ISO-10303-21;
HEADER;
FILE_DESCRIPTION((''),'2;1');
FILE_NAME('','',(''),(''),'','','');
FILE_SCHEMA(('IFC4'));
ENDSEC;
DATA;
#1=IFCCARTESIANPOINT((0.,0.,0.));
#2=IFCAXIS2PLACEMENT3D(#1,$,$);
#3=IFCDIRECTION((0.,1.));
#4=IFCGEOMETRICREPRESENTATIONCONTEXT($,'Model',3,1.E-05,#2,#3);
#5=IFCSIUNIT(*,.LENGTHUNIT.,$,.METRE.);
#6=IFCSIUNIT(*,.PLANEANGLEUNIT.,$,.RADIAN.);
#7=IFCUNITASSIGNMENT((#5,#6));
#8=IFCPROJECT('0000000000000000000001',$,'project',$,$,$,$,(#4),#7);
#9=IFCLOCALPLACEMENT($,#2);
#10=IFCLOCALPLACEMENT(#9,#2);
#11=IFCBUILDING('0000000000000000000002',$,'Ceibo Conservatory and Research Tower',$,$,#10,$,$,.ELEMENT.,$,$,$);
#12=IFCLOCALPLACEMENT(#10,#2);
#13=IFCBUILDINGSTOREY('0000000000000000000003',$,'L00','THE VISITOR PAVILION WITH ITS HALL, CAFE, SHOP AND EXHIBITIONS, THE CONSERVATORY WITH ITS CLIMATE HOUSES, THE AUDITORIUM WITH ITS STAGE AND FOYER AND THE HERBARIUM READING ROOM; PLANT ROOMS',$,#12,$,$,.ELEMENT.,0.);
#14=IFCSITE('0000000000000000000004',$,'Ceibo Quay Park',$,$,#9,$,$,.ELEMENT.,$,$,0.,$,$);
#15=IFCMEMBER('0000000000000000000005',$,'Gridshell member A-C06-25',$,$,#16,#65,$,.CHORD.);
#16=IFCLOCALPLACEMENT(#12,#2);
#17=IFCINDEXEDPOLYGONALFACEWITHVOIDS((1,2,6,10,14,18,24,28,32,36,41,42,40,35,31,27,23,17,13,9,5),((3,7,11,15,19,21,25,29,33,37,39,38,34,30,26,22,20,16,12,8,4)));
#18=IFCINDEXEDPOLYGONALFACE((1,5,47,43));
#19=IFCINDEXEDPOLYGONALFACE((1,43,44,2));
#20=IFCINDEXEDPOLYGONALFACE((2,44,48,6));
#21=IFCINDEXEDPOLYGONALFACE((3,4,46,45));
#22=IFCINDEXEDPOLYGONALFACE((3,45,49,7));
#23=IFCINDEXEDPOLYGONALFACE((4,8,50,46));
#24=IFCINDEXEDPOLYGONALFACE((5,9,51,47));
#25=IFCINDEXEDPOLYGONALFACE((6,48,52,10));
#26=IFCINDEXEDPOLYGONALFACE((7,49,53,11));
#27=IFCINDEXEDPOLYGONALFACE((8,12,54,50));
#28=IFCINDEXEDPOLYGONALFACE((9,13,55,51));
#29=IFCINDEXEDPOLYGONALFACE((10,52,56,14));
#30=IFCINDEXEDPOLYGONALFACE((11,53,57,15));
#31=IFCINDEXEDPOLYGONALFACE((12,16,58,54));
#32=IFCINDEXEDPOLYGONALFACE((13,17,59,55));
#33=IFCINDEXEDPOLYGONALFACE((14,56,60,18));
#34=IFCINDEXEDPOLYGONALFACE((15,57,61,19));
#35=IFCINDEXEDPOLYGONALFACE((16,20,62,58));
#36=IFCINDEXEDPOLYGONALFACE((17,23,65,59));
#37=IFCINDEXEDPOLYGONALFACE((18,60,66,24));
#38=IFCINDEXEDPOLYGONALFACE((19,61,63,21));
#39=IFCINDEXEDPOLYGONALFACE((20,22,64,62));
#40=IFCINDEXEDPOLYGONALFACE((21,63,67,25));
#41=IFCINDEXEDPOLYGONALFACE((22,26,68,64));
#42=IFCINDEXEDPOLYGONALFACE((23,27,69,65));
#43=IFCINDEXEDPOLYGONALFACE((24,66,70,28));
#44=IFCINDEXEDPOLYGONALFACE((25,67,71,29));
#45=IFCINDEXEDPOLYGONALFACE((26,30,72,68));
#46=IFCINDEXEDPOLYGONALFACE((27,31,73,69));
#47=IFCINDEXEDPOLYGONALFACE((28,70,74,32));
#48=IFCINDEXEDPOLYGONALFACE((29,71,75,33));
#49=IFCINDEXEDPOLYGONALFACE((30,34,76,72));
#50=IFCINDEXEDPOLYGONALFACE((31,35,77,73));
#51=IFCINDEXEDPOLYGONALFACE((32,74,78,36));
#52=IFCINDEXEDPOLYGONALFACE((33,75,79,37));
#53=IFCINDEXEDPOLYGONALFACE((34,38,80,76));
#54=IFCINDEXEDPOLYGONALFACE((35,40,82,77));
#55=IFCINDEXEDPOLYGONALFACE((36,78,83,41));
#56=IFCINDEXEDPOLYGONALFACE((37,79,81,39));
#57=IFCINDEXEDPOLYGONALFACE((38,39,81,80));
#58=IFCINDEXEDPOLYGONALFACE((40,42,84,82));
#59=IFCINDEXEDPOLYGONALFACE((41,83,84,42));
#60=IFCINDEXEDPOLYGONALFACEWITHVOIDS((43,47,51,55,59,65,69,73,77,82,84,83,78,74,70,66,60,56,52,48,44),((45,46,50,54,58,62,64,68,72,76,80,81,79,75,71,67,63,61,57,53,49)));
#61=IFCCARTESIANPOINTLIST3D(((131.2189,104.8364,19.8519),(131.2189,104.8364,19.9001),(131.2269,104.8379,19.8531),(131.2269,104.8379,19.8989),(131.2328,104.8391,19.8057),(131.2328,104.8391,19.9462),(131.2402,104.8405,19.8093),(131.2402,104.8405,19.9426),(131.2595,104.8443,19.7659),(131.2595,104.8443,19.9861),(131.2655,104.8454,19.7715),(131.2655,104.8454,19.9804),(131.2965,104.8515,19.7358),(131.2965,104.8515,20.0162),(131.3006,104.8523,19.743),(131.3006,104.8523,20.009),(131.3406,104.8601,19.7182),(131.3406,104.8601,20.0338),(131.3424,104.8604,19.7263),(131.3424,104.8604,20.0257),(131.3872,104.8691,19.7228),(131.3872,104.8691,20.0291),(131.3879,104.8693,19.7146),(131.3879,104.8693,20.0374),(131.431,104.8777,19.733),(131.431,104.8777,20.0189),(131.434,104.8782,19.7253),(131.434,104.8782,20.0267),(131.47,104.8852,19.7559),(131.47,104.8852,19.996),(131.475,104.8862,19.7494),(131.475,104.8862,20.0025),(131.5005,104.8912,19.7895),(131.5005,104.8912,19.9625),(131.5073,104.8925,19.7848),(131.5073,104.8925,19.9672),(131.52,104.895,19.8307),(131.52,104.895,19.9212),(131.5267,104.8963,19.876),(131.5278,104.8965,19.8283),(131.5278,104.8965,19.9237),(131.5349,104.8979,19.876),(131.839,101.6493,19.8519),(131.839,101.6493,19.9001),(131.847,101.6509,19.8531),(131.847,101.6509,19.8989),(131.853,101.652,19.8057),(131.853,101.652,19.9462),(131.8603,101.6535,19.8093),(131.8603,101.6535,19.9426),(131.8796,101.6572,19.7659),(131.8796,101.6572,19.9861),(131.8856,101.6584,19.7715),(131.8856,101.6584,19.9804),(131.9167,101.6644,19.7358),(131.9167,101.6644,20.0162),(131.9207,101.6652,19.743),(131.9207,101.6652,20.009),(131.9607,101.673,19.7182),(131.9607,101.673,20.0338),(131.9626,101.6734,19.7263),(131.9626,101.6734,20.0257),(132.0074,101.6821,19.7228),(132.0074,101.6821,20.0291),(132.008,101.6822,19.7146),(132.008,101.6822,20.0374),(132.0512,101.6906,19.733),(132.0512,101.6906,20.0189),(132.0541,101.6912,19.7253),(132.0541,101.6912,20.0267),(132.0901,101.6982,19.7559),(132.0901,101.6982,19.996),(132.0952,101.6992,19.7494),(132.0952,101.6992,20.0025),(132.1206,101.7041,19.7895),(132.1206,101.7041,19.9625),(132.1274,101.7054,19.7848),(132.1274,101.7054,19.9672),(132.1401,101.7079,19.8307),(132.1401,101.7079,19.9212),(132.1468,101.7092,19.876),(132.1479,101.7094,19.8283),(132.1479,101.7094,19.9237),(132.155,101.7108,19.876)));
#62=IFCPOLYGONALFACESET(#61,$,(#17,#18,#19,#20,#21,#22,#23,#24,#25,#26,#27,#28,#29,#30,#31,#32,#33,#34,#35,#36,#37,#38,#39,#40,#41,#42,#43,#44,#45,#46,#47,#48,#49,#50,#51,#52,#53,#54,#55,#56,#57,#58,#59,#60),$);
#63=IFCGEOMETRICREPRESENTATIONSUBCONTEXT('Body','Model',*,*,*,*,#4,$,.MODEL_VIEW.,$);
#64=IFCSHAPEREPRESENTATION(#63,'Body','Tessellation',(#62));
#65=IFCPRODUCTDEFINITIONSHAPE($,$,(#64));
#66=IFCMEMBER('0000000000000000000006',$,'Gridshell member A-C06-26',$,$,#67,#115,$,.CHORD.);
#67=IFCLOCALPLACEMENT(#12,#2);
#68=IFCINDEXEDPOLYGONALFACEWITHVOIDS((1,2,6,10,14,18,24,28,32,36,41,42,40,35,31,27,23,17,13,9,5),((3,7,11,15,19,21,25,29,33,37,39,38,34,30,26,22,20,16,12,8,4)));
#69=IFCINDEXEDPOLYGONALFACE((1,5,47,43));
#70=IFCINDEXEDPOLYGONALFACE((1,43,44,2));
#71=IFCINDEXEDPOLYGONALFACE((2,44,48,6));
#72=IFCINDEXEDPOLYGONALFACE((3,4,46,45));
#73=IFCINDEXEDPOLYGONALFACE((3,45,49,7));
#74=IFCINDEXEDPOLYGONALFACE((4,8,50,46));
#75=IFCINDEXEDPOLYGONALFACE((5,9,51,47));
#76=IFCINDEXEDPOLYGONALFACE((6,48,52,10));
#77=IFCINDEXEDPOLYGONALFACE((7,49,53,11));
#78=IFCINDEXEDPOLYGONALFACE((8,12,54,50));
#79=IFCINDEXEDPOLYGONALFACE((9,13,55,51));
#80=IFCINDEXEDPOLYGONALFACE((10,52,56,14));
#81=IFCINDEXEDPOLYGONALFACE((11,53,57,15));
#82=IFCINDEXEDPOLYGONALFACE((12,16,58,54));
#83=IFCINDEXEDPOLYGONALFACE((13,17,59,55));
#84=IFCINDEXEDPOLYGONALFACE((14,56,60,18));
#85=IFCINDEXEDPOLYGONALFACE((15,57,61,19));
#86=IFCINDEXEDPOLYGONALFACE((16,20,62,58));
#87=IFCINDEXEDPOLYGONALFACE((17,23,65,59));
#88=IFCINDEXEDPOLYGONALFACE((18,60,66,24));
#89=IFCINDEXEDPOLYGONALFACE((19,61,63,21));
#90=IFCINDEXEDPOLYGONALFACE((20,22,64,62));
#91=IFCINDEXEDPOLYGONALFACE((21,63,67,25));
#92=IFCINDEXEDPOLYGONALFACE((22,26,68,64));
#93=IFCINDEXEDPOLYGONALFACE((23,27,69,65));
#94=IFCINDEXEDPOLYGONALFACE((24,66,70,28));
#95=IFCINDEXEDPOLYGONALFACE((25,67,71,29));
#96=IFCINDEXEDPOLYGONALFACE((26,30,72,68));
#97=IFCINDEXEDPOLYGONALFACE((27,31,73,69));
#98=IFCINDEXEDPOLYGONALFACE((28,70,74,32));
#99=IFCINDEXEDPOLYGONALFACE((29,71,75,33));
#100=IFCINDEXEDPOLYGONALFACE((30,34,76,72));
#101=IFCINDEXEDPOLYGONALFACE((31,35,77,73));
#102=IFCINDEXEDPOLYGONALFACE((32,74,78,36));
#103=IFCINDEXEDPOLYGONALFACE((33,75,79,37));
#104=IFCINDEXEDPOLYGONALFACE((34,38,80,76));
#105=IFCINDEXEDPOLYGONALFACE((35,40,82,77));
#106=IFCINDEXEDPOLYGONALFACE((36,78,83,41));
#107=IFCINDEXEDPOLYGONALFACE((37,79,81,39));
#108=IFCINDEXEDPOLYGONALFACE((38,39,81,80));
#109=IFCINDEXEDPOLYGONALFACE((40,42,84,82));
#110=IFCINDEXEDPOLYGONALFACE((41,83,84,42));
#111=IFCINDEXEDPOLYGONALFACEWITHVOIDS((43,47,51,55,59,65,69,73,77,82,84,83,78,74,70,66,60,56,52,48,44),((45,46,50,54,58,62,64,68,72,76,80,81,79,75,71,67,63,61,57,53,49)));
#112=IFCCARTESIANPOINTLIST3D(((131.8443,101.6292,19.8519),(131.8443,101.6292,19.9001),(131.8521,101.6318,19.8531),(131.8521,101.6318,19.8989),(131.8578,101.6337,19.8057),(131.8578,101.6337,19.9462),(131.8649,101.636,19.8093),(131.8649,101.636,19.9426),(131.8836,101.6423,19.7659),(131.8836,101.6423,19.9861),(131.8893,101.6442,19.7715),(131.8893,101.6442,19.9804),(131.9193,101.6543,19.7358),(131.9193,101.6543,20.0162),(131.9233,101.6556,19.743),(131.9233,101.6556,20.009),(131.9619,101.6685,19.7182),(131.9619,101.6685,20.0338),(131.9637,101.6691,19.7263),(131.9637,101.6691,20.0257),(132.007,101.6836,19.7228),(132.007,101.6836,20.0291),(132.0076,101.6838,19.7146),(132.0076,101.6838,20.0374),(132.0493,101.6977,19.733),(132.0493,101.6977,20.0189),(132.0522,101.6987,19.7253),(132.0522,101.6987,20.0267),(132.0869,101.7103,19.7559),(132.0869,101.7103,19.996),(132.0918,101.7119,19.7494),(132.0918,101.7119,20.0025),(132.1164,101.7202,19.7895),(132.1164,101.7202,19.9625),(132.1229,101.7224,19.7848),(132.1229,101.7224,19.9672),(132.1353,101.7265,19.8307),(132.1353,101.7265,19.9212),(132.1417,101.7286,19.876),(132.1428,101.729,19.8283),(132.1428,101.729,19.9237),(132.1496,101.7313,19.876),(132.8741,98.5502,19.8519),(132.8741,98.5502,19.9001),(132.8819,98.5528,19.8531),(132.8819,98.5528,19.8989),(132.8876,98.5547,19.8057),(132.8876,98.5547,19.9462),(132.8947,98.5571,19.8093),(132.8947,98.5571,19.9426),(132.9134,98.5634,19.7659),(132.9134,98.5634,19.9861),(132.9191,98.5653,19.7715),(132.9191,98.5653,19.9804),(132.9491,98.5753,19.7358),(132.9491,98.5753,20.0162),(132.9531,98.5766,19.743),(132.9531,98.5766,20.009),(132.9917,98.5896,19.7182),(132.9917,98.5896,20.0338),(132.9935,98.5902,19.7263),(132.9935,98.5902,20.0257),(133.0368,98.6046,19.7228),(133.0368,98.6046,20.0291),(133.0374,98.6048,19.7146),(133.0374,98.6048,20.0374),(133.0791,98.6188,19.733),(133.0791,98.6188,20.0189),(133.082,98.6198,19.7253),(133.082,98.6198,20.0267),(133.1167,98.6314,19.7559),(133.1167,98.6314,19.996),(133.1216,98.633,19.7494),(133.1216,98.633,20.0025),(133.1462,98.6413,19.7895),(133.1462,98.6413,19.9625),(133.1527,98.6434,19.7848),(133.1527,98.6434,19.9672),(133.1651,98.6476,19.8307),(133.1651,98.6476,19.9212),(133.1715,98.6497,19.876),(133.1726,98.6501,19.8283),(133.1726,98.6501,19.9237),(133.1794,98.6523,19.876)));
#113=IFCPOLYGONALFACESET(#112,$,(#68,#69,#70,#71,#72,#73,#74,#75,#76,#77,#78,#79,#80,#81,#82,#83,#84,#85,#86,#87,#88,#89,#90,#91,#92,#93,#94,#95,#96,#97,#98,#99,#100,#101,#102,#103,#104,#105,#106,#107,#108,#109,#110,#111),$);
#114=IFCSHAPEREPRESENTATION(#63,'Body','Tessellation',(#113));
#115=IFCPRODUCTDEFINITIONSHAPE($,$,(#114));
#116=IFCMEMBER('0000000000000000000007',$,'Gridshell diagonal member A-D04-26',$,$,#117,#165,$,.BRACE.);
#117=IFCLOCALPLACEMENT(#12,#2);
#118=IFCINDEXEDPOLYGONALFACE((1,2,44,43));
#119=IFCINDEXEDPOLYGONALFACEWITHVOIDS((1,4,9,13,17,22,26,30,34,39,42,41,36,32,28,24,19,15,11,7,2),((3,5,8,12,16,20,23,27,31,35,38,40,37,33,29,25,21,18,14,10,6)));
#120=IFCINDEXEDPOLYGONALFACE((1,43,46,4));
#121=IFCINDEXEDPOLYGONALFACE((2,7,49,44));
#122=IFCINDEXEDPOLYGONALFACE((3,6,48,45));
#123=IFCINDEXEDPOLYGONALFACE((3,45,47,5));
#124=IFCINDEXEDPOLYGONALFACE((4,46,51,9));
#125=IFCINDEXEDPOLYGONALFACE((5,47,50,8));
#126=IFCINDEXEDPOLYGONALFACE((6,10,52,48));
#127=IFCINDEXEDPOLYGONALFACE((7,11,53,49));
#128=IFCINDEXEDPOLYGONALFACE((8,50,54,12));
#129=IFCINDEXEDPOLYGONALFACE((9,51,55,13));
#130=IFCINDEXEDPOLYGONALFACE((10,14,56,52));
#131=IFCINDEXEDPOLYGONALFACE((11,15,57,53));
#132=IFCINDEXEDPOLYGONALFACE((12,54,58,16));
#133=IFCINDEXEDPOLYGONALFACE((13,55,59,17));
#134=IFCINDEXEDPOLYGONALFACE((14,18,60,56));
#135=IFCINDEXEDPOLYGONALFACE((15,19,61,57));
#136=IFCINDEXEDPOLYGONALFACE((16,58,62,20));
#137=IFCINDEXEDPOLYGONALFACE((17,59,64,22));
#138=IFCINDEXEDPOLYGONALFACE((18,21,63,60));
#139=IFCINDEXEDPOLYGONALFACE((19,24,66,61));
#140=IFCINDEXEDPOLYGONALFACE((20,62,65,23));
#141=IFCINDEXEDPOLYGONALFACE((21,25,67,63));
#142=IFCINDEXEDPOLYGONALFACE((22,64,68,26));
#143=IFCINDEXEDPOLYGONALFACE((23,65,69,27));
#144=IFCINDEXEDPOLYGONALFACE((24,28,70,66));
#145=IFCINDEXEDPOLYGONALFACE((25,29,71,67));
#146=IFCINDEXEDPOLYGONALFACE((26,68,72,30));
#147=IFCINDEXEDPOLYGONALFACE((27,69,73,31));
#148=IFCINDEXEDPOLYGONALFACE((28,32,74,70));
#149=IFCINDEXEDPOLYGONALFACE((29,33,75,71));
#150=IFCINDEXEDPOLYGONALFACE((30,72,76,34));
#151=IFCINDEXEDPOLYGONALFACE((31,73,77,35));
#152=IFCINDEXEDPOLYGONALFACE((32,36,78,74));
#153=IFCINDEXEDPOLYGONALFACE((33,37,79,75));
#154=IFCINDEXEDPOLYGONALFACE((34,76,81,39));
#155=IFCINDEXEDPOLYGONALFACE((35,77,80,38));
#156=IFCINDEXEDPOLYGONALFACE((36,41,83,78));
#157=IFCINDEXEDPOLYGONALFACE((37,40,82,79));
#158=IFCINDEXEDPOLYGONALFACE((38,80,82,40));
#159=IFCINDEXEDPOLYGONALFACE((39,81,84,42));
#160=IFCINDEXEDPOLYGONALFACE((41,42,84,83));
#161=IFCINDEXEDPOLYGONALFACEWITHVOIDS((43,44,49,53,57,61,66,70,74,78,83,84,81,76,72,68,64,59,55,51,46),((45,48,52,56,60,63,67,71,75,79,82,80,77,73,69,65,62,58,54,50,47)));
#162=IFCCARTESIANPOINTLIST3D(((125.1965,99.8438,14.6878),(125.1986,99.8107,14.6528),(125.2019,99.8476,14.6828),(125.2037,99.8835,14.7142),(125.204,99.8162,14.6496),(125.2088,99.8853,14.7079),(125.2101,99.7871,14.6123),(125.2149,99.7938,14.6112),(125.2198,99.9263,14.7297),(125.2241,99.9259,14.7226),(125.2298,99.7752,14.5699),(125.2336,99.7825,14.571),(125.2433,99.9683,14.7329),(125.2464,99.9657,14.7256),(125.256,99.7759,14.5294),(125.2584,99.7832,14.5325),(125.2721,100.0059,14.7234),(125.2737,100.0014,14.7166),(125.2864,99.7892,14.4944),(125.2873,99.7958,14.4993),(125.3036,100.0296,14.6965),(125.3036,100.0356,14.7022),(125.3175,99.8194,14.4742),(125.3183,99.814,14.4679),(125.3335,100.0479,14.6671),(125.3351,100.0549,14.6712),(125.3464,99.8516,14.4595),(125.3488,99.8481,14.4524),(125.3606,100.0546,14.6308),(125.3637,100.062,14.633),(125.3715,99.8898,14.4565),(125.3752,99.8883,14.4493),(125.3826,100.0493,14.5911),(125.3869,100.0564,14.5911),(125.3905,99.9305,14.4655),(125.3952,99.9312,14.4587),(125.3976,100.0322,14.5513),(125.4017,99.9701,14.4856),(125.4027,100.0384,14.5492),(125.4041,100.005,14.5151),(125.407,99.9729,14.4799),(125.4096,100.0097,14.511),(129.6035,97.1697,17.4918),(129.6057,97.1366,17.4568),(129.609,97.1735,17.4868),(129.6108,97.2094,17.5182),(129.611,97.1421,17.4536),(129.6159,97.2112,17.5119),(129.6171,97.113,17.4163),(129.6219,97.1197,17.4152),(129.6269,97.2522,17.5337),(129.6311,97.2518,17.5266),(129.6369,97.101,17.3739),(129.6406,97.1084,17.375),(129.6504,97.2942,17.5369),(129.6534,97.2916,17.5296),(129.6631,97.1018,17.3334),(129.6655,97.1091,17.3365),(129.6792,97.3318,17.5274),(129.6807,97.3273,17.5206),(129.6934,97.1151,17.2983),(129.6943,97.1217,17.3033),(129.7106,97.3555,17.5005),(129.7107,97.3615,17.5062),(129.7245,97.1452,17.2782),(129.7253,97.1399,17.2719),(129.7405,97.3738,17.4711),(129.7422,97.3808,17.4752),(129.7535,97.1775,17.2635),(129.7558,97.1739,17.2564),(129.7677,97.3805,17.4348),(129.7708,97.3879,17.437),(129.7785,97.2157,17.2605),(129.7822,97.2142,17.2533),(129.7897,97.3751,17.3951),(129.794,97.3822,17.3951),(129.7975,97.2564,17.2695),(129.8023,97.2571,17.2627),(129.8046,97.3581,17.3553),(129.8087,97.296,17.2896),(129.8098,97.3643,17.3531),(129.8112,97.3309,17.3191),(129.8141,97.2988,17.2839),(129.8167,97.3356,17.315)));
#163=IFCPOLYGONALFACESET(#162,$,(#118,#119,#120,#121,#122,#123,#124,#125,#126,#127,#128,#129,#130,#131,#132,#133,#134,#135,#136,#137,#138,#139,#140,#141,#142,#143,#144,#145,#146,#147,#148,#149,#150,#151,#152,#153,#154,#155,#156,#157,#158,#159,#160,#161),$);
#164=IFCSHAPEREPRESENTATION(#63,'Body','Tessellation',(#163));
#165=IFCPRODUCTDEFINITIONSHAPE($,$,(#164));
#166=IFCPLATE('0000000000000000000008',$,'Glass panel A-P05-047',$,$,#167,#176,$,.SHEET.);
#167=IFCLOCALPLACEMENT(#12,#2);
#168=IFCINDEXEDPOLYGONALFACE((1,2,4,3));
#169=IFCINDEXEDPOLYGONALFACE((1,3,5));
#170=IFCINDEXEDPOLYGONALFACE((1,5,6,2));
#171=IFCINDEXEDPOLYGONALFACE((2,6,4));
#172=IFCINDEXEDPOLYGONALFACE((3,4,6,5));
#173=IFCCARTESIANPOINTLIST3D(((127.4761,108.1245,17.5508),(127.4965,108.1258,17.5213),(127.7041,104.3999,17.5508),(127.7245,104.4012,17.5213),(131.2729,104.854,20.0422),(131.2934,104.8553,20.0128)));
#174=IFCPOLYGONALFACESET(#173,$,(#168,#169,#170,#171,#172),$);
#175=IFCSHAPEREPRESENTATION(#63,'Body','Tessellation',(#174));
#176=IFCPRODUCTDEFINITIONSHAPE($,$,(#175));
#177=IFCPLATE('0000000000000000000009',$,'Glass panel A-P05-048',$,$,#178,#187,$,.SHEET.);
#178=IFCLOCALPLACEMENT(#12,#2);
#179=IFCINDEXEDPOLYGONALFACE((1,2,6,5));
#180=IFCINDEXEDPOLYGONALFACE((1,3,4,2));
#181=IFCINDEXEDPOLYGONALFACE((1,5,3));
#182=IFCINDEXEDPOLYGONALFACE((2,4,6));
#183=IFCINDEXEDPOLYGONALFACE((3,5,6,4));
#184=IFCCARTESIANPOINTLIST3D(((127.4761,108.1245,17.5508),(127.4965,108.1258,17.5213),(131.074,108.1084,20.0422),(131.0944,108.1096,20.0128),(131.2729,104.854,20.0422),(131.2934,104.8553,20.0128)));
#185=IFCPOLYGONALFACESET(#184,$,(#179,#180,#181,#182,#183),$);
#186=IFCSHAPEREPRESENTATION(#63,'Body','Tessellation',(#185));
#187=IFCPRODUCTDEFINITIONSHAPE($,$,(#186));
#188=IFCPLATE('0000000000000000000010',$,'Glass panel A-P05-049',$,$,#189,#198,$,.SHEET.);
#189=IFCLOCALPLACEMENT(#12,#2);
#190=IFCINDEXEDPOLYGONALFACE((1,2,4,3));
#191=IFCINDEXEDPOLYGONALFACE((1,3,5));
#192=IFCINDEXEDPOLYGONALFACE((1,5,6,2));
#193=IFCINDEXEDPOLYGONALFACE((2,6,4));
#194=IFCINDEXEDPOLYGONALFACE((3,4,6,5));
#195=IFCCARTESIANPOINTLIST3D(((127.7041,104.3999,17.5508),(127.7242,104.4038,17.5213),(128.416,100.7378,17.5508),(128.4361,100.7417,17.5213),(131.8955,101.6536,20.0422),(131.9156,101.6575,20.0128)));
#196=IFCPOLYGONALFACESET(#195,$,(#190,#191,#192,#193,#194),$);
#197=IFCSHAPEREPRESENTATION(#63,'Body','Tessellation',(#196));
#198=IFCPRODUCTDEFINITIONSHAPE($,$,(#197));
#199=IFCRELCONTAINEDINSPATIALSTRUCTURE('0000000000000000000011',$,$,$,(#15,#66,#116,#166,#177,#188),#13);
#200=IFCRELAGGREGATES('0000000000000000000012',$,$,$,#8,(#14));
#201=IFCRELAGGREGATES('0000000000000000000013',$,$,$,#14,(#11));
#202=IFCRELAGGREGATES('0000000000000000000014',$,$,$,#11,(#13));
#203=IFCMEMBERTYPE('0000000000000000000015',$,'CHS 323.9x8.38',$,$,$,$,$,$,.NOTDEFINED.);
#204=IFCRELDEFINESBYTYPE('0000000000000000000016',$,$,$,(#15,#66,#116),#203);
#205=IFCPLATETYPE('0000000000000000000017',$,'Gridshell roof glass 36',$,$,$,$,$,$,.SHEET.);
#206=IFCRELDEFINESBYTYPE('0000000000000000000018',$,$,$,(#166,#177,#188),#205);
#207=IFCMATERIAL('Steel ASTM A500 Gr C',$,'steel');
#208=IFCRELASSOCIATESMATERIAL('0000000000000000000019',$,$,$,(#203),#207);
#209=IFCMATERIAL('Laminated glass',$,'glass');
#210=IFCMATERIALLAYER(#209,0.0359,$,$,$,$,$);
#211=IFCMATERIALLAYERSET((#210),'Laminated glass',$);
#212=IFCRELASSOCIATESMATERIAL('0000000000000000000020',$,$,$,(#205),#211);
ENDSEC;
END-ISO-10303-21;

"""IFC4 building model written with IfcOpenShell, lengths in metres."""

from ifc_helpers import new_model, si_unit, direction, frame, origin, origin_2d, place, context, subcontext, project, spatial, polyline, hollow_circle, outline, extrude, material, layer, layer_set, material_profile, profile_set, type_object, element, save


model = new_model("IFC4")

# Units and contexts
model_context = context("Model", 3, precision=1e-05, world=origin(), true_north=direction((0.0, 1.0)))
body_context = subcontext(model_context, "Body", "Model", "MODEL_VIEW")
ifc_project = project(units=[si_unit("LENGTHUNIT", "METRE"), si_unit("PLANEANGLEUNIT", "RADIAN")], contexts=[model_context])

# Site, building, storey
site_placement = place(None, origin())
site = spatial("IfcSite", under=ifc_project, at=site_placement, Name="Ceibo Quay Park", CompositionType="ELEMENT", RefElevation=0.0)
building_placement = place(site_placement, origin())
building = spatial("IfcBuilding", under=site, at=building_placement, Name="Ceibo Conservatory and Research Tower", CompositionType="ELEMENT")
storey_placement = place(building_placement, origin())
storey = spatial("IfcBuildingStorey", under=building, at=storey_placement, Name="L00", Description="THE VISITOR PAVILION WITH ITS HALL, CAFE, SHOP AND EXHIBITIONS, THE CONSERVATORY WITH ITS CLIMATE HOUSES, THE AUDITORIUM WITH ITS STAGE AND FOYER AND THE HERBARIUM READING ROOM; PLANT ROOMS", CompositionType="ELEMENT", Elevation=0.0)

# Members
ifc_material_1 = material(Name="Steel ASTM A500 Gr C", Category="steel")
ifc_material_profile_1 = material_profile(ifc_material_1, hollow_circle(Radius=0.1619, WallThickness=0.0083, at=origin_2d()), Name="CHS 323.9x8.38")
ifc_profile_set_1 = profile_set([ifc_material_profile_1], Name="Steel ASTM A500 Gr C")
member_type_1 = type_object("IfcMemberType", Name="CHS 323.9x8.38", PredefinedType="NOTDEFINED", material=ifc_profile_set_1)
member_1_placement = place(storey_placement, frame((131.376, 104.8669, 19.876), z_axis=(0.190994, -0.981591, 0.0), x_axis=(0.981591, 0.190994, 0.0)))
element("IfcMember", 1, at=member_1_placement, inside=storey, type_object=member_type_1, Name="Gridshell member A-C06-25", PredefinedType="CHORD", context=body_context, shape_type="SweptSolid", body=[
    extrude(hollow_circle(Radius=0.1619, WallThickness=0.0083, at=origin_2d()), origin(), (0.0, 0.0, 1.0), 3.2468),
])
member_2_placement = place(storey_placement, frame((131.9961, 101.6799, 19.876), z_axis=(0.317198, -0.948359, 0.0), x_axis=(0.948359, 0.317198, 0.0)))
element("IfcMember", 2, at=member_2_placement, inside=storey, type_object=member_type_1, Name="Gridshell member A-C06-26", PredefinedType="CHORD", context=body_context, shape_type="SweptSolid", body=[
    extrude(hollow_circle(Radius=0.1619, WallThickness=0.0083, at=origin_2d()), origin(), (0.0, 0.0, 1.0), 3.2466),
])
member_3_placement = place(storey_placement, frame((125.303, 99.918, 14.5911), z_axis=(0.75101, -0.455698, 0.477832), x_axis=(0.518752, 0.854925, 0.0)))
element("IfcMember", 3, at=member_3_placement, inside=storey, type_object=member_type_1, Name="Gridshell diagonal member A-D04-26", PredefinedType="BRACE", context=body_context, shape_type="SweptSolid", body=[
    extrude(hollow_circle(Radius=0.1619, WallThickness=0.0083, at=origin_2d()), origin(), (0.0, 0.0, 1.0), 5.8682),
])

# Plates
ifc_material_2 = material(Name="Laminated glass", Category="glass")
ifc_layer = layer(ifc_material_2, 0.0359)
ifc_layer_set = layer_set([ifc_layer], Name="Laminated glass")
plate_type = type_object("IfcPlateType", Name="Gridshell roof glass 36", PredefinedType="SHEET", material=ifc_layer_set)
plate_1_placement = place(storey_placement, frame((127.4761, 108.1245, 17.5508), z_axis=(-0.569091, -0.034841, 0.821536), x_axis=(0.061107, -0.998131, 0.0)))
element("IfcPlate", 4, at=plate_1_placement, inside=storey, type_object=plate_type, Name="Glass panel A-P05-047", PredefinedType="SHEET", context=body_context, shape_type="SweptSolid", body=[
    extrude(outline(polyline([(0.0, 0.0), (3.7316, 0.0), (3.4964, 4.3698), (0.0, 0.0)])), origin(), (0.0, 0.0, -1.0), 0.0359),
])
plate_2_placement = place(storey_placement, frame((127.4761, 108.1245, 17.5508), z_axis=(-0.569063, -0.034793, 0.821557), x_axis=(0.678448, -0.584394, 0.445188)))
element("IfcPlate", 5, at=plate_2_placement, inside=storey, type_object=plate_type, Name="Glass panel A-P05-048", PredefinedType="SHEET", context=body_context, shape_type="SweptSolid", body=[
    extrude(outline(polyline([(0.0, 0.0), (5.5964, 0.0), (3.5596, 2.546), (0.0, 0.0)])), origin(), (0.0, 0.0, -1.0), 0.0359),
])
plate_3_placement = place(storey_placement, frame((127.7041, 104.3999, 17.5508), z_axis=(-0.559639, -0.108794, 0.821564), x_axis=(0.190828, -0.981624, 0.0)))
element("IfcPlate", 6, at=plate_3_placement, inside=storey, type_object=plate_type, Name="Glass panel A-P05-049", PredefinedType="SHEET", context=body_context, shape_type="SweptSolid", body=[
    extrude(outline(polyline([(0.0, 0.0), (3.7307, 0.0), (3.4957, 4.3701), (0.0, 0.0)])), origin(), (0.0, 0.0, -1.0), 0.0359),
])

save(model, "model.ifc")
